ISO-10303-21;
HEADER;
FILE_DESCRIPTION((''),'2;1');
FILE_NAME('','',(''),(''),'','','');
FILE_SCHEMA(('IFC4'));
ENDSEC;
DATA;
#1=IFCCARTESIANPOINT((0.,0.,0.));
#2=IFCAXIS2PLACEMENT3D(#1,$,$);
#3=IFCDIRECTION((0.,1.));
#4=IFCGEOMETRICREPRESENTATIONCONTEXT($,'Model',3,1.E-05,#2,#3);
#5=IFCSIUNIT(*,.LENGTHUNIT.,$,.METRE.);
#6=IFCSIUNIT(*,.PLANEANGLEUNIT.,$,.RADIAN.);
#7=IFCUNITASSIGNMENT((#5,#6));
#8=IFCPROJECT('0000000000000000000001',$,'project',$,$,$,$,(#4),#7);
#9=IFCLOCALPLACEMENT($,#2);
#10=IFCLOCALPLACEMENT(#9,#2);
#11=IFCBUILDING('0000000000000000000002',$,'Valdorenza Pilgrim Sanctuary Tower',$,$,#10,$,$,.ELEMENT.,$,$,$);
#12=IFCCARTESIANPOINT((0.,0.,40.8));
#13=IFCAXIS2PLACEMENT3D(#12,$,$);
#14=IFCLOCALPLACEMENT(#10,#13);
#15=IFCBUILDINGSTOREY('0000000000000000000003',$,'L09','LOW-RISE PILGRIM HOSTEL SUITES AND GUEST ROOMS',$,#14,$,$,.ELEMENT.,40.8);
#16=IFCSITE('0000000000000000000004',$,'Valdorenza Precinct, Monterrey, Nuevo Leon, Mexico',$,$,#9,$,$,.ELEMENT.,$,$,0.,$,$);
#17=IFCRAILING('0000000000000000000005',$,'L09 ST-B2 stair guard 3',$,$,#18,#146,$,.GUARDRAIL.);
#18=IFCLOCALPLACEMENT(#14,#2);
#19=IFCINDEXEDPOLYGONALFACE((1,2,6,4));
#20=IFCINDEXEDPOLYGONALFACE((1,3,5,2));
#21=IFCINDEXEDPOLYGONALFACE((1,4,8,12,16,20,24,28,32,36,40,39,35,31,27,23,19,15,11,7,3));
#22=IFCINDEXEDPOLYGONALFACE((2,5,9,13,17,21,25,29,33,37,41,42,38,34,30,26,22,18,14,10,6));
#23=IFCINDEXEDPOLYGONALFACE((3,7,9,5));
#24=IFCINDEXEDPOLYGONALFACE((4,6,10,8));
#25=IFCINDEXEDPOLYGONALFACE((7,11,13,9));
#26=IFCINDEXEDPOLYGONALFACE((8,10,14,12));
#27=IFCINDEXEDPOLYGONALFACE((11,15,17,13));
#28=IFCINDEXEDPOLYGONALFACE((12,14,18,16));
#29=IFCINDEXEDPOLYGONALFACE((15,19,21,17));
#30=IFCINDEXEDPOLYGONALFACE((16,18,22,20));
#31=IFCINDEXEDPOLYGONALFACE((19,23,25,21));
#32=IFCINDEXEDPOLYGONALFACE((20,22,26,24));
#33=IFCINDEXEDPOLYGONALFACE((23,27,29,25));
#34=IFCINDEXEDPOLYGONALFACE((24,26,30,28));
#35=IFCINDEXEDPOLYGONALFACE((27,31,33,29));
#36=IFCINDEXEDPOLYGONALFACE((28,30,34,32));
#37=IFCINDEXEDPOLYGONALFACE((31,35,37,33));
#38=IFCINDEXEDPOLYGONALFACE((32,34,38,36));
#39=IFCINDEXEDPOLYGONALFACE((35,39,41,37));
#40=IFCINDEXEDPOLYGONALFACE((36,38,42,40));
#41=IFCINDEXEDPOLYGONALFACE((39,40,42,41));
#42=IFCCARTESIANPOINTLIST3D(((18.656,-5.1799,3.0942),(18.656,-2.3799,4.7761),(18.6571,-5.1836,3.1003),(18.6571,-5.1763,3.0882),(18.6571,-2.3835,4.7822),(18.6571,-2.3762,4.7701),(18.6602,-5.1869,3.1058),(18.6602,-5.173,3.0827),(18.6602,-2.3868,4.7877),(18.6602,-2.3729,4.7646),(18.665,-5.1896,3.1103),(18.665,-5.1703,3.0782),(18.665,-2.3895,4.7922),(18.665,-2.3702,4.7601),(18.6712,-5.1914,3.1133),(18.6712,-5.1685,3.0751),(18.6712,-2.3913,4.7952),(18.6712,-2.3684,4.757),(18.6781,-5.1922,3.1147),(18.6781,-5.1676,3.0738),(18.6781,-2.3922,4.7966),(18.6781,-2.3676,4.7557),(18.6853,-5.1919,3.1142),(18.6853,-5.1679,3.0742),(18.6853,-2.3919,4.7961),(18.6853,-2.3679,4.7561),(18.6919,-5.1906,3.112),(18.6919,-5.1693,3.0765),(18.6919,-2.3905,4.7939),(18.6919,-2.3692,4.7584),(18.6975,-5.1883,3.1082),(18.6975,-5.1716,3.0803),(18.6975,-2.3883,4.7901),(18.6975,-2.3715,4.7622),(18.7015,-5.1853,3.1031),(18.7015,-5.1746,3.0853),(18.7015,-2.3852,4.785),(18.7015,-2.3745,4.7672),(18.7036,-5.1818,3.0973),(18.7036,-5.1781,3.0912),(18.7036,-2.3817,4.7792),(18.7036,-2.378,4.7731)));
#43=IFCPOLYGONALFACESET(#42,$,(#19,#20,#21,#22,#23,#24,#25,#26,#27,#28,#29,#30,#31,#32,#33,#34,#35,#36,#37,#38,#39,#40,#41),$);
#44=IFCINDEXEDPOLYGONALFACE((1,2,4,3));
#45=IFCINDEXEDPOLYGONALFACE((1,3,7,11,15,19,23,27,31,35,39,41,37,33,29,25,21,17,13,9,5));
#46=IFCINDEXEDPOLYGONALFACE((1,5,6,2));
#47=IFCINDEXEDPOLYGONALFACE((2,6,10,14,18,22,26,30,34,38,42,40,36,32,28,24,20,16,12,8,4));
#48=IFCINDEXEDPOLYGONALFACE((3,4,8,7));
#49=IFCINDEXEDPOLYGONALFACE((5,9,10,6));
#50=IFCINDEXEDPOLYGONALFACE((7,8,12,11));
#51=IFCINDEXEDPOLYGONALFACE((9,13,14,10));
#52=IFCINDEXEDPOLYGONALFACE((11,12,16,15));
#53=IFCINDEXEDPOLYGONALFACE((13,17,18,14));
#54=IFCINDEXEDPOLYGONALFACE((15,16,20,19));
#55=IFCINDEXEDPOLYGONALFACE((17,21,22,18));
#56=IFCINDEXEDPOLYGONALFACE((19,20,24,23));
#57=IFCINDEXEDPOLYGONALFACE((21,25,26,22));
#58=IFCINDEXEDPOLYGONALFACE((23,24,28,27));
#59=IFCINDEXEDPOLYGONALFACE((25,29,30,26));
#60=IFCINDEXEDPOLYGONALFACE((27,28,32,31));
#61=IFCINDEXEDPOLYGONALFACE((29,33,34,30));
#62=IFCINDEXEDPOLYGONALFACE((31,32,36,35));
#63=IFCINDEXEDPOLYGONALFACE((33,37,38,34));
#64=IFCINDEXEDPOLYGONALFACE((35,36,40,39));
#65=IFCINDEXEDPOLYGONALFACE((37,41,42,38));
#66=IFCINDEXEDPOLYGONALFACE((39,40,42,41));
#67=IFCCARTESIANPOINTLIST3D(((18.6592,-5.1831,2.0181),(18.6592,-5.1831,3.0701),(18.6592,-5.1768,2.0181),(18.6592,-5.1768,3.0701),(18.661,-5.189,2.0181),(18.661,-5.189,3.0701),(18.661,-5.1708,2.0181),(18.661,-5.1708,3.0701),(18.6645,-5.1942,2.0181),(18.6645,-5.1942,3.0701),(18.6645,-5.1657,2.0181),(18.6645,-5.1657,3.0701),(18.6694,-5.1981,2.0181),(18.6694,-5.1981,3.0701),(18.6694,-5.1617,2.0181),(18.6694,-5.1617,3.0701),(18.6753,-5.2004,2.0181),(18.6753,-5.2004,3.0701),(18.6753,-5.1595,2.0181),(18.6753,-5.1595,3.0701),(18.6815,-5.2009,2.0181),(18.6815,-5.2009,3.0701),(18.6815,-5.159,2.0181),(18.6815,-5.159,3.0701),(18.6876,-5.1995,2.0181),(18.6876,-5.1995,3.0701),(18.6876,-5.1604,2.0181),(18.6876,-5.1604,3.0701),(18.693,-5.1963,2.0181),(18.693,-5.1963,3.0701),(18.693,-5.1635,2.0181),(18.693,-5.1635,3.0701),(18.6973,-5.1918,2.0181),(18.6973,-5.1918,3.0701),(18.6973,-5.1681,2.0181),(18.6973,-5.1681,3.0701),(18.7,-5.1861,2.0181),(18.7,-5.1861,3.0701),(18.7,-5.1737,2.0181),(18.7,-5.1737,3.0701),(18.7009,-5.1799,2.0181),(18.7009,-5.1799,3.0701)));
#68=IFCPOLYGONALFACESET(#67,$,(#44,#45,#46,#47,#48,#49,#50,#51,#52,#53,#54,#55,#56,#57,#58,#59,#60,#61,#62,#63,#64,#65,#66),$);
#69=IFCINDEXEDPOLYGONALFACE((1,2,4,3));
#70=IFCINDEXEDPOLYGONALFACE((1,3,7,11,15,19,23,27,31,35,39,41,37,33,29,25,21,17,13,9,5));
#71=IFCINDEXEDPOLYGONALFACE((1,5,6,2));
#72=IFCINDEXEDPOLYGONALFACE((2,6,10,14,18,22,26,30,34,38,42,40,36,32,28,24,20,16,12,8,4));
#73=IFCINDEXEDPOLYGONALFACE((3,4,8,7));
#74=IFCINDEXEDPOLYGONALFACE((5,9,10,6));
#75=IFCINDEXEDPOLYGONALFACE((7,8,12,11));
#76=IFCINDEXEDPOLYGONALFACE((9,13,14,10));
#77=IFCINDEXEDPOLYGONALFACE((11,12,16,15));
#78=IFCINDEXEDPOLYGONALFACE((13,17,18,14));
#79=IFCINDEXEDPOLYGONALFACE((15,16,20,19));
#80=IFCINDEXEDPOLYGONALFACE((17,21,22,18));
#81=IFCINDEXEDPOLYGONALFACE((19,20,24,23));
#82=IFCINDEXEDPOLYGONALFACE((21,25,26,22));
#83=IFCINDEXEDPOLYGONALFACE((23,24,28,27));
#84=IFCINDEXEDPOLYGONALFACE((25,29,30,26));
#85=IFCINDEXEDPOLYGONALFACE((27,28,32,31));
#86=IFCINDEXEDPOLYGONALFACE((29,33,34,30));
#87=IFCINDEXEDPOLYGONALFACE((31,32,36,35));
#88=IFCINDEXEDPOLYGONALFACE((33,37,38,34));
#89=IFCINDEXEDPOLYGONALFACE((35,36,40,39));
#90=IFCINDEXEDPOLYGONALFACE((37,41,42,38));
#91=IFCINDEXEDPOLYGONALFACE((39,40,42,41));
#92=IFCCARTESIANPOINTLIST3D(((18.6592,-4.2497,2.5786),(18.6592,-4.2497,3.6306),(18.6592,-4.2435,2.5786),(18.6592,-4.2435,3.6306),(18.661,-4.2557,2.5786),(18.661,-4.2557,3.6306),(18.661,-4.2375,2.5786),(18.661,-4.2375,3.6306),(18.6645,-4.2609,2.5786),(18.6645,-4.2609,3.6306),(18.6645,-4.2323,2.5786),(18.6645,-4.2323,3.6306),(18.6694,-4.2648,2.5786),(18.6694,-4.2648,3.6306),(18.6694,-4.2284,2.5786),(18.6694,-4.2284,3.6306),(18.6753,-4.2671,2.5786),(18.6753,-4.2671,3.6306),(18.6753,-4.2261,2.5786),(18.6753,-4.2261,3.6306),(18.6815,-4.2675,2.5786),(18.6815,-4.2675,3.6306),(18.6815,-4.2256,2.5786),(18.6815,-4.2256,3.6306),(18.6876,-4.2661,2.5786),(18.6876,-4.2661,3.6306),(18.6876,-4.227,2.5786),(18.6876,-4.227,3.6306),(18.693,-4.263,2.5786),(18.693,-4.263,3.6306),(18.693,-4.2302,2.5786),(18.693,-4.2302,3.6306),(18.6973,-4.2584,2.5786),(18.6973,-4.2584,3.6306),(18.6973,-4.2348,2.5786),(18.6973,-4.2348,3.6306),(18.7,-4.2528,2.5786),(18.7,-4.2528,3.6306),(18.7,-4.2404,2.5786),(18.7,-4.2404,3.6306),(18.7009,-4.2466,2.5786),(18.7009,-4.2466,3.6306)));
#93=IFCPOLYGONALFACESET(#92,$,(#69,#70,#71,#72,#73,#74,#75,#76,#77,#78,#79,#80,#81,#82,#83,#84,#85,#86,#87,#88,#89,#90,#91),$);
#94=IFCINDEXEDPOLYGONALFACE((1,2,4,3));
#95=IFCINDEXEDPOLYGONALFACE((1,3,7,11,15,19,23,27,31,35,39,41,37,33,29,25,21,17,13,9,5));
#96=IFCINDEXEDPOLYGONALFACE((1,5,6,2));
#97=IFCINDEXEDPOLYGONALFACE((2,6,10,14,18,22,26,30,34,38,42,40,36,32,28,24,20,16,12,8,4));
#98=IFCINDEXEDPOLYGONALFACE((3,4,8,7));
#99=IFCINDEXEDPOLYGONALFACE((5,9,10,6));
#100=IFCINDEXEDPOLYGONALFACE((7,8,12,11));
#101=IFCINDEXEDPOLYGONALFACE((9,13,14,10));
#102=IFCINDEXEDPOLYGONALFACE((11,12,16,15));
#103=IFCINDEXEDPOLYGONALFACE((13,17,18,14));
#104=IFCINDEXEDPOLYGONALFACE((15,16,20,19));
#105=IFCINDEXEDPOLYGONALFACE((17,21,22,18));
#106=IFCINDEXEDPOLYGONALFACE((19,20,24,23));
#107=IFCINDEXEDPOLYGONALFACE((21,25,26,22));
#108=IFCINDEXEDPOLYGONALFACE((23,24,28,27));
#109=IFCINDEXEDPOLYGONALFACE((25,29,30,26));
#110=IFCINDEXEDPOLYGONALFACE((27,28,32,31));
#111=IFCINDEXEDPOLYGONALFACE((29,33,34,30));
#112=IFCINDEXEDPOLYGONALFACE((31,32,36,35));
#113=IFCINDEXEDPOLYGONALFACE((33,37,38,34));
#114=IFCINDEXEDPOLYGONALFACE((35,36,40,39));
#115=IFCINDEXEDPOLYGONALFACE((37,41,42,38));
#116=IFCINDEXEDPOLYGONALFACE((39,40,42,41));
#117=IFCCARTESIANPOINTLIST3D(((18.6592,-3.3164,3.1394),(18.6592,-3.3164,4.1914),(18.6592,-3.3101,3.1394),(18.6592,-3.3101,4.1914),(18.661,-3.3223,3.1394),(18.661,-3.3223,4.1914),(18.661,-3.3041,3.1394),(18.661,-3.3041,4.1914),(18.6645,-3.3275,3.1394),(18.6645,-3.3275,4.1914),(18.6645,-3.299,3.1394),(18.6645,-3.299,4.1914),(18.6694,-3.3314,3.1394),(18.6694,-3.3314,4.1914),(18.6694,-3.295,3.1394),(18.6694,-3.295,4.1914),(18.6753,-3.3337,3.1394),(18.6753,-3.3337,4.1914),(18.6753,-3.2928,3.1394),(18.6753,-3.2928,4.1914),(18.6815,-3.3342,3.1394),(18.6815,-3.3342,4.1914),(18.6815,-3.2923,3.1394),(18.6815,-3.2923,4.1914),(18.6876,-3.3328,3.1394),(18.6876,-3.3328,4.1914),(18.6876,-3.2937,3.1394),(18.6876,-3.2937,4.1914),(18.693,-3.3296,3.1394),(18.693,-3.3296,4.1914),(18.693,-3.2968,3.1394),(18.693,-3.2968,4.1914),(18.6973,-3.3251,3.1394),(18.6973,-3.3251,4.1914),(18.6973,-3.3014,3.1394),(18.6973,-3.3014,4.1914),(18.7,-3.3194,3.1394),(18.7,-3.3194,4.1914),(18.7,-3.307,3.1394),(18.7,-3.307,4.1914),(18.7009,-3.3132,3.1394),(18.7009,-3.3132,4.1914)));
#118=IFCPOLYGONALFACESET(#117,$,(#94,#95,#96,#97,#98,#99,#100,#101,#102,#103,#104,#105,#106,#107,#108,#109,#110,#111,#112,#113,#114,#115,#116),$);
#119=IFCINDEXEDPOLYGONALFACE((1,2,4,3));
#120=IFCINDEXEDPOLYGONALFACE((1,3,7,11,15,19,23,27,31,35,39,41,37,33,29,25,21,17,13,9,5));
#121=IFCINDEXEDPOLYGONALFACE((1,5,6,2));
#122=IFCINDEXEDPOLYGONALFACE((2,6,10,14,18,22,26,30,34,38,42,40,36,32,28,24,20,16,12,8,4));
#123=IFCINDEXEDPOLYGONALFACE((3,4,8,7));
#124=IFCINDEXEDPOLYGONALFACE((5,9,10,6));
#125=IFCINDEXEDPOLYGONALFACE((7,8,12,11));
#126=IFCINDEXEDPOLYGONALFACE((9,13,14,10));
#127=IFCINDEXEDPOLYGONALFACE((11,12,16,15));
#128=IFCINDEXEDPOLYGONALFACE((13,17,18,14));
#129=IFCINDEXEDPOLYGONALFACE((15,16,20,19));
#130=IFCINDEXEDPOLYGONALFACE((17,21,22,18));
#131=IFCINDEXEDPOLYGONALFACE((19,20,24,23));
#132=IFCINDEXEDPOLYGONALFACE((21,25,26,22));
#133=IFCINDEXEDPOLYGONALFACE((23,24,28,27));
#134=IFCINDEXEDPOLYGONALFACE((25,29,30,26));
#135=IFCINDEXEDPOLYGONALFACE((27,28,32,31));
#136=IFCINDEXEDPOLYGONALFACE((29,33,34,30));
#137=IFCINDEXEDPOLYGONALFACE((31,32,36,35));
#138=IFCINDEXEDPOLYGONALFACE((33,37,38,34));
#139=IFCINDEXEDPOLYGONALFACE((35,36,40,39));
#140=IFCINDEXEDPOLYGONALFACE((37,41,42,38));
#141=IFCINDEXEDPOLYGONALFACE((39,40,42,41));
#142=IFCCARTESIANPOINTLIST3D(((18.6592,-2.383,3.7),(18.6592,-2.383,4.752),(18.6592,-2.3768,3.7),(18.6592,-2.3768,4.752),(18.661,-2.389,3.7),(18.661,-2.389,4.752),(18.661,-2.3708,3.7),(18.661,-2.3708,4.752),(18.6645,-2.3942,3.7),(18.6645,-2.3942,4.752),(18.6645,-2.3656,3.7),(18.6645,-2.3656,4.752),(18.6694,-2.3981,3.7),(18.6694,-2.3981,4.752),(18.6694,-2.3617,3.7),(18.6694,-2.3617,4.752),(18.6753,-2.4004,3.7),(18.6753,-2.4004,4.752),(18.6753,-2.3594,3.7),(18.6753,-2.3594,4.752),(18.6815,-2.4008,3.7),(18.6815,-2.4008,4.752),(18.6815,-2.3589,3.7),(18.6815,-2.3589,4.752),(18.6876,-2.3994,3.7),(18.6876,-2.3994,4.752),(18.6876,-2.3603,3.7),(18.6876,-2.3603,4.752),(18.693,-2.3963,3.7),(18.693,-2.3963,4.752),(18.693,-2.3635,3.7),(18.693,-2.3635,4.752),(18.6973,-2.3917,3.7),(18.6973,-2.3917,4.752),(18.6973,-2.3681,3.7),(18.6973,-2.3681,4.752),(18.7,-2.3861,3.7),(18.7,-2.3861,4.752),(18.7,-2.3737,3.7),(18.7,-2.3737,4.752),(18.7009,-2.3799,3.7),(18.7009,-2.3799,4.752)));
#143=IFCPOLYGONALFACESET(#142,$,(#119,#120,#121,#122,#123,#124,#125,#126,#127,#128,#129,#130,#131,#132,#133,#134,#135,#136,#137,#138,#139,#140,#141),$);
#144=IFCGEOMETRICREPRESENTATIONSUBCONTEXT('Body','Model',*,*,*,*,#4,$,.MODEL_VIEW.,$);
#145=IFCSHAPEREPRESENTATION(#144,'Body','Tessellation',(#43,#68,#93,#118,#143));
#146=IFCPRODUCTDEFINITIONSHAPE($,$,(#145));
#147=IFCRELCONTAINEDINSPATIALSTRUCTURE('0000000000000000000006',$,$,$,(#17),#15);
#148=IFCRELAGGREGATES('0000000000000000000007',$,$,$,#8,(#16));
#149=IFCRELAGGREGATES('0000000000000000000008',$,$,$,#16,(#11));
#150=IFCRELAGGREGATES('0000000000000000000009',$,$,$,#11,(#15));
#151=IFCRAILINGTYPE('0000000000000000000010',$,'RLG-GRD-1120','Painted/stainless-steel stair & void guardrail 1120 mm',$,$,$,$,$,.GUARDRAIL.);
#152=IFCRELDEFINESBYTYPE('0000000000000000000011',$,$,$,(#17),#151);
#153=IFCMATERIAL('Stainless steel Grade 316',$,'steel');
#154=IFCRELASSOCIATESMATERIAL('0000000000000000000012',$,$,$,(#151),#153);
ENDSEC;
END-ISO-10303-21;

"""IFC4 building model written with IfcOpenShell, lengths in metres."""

from ifc_helpers import new_model, si_unit, direction, frame, origin, origin_2d, place, context, subcontext, project, spatial, circle, extrude, material, type_object, element, save


model = new_model("IFC4")

# Units and contexts
model_context = context("Model", 3, precision=1e-05, world=origin(), true_north=direction((0.0, 1.0)))
body_context = subcontext(model_context, "Body", "Model", "MODEL_VIEW")
ifc_project = project(units=[si_unit("LENGTHUNIT", "METRE"), si_unit("PLANEANGLEUNIT", "RADIAN")], contexts=[model_context])

# Site, building, storey
site_placement = place(None, origin())
site = spatial("IfcSite", under=ifc_project, at=site_placement, Name="Valdorenza Precinct, Monterrey, Nuevo Leon, Mexico", CompositionType="ELEMENT", RefElevation=0.0)
building_placement = place(site_placement, origin())
building = spatial("IfcBuilding", under=site, at=building_placement, Name="Valdorenza Pilgrim Sanctuary Tower", CompositionType="ELEMENT")
storey_placement = place(building_placement, frame((0.0, 0.0, 40.8)))
storey = spatial("IfcBuildingStorey", under=building, at=storey_placement, Name="L09", Description="LOW-RISE PILGRIM HOSTEL SUITES AND GUEST ROOMS", CompositionType="ELEMENT", Elevation=40.8)

# Railing
ifc_material_1 = material(Name="Stainless steel Grade 316", Category="steel")
railing_type_1 = type_object("IfcRailingType", Name="RLG-GRD-1120", Description="Painted/stainless-steel stair & void guardrail 1120 mm", PredefinedType="GUARDRAIL", material=ifc_material_1)
railing_1_placement = place(storey_placement, frame((18.6799, -5.1799, 2.0181)))
element("IfcRailing", 1, at=railing_1_placement, inside=storey, type_object=railing_type_1, Name="L09 ST-B2 stair guard 3", PredefinedType="GUARDRAIL", context=body_context, shape_type="SweptSolid", body=[
    extrude(circle(Radius=0.0239, at=origin_2d()), frame((0.0, 0.0, 1.0762), z_axis=(0.0, 0.857242, 0.514913), x_axis=(-1.0, 0.0, 0.0)), (0.0, 0.0, 1.0), 3.2664),
    extrude(circle(Radius=0.021, at=origin_2d()), origin(), (0.0, 0.0, 1.0), 1.052),
    extrude(circle(Radius=0.021, at=origin_2d()), frame((0.0, 0.9333, 0.5605)), (0.0, 0.0, 1.0), 1.052),
    extrude(circle(Radius=0.021, at=origin_2d()), frame((0.0, 1.8667, 1.1213)), (0.0, 0.0, 1.0), 1.052),
    extrude(circle(Radius=0.021, at=origin_2d()), frame((0.0, 2.8, 1.6819)), (0.0, 0.0, 1.0), 1.052),
])

save(model, "model.ifc")
